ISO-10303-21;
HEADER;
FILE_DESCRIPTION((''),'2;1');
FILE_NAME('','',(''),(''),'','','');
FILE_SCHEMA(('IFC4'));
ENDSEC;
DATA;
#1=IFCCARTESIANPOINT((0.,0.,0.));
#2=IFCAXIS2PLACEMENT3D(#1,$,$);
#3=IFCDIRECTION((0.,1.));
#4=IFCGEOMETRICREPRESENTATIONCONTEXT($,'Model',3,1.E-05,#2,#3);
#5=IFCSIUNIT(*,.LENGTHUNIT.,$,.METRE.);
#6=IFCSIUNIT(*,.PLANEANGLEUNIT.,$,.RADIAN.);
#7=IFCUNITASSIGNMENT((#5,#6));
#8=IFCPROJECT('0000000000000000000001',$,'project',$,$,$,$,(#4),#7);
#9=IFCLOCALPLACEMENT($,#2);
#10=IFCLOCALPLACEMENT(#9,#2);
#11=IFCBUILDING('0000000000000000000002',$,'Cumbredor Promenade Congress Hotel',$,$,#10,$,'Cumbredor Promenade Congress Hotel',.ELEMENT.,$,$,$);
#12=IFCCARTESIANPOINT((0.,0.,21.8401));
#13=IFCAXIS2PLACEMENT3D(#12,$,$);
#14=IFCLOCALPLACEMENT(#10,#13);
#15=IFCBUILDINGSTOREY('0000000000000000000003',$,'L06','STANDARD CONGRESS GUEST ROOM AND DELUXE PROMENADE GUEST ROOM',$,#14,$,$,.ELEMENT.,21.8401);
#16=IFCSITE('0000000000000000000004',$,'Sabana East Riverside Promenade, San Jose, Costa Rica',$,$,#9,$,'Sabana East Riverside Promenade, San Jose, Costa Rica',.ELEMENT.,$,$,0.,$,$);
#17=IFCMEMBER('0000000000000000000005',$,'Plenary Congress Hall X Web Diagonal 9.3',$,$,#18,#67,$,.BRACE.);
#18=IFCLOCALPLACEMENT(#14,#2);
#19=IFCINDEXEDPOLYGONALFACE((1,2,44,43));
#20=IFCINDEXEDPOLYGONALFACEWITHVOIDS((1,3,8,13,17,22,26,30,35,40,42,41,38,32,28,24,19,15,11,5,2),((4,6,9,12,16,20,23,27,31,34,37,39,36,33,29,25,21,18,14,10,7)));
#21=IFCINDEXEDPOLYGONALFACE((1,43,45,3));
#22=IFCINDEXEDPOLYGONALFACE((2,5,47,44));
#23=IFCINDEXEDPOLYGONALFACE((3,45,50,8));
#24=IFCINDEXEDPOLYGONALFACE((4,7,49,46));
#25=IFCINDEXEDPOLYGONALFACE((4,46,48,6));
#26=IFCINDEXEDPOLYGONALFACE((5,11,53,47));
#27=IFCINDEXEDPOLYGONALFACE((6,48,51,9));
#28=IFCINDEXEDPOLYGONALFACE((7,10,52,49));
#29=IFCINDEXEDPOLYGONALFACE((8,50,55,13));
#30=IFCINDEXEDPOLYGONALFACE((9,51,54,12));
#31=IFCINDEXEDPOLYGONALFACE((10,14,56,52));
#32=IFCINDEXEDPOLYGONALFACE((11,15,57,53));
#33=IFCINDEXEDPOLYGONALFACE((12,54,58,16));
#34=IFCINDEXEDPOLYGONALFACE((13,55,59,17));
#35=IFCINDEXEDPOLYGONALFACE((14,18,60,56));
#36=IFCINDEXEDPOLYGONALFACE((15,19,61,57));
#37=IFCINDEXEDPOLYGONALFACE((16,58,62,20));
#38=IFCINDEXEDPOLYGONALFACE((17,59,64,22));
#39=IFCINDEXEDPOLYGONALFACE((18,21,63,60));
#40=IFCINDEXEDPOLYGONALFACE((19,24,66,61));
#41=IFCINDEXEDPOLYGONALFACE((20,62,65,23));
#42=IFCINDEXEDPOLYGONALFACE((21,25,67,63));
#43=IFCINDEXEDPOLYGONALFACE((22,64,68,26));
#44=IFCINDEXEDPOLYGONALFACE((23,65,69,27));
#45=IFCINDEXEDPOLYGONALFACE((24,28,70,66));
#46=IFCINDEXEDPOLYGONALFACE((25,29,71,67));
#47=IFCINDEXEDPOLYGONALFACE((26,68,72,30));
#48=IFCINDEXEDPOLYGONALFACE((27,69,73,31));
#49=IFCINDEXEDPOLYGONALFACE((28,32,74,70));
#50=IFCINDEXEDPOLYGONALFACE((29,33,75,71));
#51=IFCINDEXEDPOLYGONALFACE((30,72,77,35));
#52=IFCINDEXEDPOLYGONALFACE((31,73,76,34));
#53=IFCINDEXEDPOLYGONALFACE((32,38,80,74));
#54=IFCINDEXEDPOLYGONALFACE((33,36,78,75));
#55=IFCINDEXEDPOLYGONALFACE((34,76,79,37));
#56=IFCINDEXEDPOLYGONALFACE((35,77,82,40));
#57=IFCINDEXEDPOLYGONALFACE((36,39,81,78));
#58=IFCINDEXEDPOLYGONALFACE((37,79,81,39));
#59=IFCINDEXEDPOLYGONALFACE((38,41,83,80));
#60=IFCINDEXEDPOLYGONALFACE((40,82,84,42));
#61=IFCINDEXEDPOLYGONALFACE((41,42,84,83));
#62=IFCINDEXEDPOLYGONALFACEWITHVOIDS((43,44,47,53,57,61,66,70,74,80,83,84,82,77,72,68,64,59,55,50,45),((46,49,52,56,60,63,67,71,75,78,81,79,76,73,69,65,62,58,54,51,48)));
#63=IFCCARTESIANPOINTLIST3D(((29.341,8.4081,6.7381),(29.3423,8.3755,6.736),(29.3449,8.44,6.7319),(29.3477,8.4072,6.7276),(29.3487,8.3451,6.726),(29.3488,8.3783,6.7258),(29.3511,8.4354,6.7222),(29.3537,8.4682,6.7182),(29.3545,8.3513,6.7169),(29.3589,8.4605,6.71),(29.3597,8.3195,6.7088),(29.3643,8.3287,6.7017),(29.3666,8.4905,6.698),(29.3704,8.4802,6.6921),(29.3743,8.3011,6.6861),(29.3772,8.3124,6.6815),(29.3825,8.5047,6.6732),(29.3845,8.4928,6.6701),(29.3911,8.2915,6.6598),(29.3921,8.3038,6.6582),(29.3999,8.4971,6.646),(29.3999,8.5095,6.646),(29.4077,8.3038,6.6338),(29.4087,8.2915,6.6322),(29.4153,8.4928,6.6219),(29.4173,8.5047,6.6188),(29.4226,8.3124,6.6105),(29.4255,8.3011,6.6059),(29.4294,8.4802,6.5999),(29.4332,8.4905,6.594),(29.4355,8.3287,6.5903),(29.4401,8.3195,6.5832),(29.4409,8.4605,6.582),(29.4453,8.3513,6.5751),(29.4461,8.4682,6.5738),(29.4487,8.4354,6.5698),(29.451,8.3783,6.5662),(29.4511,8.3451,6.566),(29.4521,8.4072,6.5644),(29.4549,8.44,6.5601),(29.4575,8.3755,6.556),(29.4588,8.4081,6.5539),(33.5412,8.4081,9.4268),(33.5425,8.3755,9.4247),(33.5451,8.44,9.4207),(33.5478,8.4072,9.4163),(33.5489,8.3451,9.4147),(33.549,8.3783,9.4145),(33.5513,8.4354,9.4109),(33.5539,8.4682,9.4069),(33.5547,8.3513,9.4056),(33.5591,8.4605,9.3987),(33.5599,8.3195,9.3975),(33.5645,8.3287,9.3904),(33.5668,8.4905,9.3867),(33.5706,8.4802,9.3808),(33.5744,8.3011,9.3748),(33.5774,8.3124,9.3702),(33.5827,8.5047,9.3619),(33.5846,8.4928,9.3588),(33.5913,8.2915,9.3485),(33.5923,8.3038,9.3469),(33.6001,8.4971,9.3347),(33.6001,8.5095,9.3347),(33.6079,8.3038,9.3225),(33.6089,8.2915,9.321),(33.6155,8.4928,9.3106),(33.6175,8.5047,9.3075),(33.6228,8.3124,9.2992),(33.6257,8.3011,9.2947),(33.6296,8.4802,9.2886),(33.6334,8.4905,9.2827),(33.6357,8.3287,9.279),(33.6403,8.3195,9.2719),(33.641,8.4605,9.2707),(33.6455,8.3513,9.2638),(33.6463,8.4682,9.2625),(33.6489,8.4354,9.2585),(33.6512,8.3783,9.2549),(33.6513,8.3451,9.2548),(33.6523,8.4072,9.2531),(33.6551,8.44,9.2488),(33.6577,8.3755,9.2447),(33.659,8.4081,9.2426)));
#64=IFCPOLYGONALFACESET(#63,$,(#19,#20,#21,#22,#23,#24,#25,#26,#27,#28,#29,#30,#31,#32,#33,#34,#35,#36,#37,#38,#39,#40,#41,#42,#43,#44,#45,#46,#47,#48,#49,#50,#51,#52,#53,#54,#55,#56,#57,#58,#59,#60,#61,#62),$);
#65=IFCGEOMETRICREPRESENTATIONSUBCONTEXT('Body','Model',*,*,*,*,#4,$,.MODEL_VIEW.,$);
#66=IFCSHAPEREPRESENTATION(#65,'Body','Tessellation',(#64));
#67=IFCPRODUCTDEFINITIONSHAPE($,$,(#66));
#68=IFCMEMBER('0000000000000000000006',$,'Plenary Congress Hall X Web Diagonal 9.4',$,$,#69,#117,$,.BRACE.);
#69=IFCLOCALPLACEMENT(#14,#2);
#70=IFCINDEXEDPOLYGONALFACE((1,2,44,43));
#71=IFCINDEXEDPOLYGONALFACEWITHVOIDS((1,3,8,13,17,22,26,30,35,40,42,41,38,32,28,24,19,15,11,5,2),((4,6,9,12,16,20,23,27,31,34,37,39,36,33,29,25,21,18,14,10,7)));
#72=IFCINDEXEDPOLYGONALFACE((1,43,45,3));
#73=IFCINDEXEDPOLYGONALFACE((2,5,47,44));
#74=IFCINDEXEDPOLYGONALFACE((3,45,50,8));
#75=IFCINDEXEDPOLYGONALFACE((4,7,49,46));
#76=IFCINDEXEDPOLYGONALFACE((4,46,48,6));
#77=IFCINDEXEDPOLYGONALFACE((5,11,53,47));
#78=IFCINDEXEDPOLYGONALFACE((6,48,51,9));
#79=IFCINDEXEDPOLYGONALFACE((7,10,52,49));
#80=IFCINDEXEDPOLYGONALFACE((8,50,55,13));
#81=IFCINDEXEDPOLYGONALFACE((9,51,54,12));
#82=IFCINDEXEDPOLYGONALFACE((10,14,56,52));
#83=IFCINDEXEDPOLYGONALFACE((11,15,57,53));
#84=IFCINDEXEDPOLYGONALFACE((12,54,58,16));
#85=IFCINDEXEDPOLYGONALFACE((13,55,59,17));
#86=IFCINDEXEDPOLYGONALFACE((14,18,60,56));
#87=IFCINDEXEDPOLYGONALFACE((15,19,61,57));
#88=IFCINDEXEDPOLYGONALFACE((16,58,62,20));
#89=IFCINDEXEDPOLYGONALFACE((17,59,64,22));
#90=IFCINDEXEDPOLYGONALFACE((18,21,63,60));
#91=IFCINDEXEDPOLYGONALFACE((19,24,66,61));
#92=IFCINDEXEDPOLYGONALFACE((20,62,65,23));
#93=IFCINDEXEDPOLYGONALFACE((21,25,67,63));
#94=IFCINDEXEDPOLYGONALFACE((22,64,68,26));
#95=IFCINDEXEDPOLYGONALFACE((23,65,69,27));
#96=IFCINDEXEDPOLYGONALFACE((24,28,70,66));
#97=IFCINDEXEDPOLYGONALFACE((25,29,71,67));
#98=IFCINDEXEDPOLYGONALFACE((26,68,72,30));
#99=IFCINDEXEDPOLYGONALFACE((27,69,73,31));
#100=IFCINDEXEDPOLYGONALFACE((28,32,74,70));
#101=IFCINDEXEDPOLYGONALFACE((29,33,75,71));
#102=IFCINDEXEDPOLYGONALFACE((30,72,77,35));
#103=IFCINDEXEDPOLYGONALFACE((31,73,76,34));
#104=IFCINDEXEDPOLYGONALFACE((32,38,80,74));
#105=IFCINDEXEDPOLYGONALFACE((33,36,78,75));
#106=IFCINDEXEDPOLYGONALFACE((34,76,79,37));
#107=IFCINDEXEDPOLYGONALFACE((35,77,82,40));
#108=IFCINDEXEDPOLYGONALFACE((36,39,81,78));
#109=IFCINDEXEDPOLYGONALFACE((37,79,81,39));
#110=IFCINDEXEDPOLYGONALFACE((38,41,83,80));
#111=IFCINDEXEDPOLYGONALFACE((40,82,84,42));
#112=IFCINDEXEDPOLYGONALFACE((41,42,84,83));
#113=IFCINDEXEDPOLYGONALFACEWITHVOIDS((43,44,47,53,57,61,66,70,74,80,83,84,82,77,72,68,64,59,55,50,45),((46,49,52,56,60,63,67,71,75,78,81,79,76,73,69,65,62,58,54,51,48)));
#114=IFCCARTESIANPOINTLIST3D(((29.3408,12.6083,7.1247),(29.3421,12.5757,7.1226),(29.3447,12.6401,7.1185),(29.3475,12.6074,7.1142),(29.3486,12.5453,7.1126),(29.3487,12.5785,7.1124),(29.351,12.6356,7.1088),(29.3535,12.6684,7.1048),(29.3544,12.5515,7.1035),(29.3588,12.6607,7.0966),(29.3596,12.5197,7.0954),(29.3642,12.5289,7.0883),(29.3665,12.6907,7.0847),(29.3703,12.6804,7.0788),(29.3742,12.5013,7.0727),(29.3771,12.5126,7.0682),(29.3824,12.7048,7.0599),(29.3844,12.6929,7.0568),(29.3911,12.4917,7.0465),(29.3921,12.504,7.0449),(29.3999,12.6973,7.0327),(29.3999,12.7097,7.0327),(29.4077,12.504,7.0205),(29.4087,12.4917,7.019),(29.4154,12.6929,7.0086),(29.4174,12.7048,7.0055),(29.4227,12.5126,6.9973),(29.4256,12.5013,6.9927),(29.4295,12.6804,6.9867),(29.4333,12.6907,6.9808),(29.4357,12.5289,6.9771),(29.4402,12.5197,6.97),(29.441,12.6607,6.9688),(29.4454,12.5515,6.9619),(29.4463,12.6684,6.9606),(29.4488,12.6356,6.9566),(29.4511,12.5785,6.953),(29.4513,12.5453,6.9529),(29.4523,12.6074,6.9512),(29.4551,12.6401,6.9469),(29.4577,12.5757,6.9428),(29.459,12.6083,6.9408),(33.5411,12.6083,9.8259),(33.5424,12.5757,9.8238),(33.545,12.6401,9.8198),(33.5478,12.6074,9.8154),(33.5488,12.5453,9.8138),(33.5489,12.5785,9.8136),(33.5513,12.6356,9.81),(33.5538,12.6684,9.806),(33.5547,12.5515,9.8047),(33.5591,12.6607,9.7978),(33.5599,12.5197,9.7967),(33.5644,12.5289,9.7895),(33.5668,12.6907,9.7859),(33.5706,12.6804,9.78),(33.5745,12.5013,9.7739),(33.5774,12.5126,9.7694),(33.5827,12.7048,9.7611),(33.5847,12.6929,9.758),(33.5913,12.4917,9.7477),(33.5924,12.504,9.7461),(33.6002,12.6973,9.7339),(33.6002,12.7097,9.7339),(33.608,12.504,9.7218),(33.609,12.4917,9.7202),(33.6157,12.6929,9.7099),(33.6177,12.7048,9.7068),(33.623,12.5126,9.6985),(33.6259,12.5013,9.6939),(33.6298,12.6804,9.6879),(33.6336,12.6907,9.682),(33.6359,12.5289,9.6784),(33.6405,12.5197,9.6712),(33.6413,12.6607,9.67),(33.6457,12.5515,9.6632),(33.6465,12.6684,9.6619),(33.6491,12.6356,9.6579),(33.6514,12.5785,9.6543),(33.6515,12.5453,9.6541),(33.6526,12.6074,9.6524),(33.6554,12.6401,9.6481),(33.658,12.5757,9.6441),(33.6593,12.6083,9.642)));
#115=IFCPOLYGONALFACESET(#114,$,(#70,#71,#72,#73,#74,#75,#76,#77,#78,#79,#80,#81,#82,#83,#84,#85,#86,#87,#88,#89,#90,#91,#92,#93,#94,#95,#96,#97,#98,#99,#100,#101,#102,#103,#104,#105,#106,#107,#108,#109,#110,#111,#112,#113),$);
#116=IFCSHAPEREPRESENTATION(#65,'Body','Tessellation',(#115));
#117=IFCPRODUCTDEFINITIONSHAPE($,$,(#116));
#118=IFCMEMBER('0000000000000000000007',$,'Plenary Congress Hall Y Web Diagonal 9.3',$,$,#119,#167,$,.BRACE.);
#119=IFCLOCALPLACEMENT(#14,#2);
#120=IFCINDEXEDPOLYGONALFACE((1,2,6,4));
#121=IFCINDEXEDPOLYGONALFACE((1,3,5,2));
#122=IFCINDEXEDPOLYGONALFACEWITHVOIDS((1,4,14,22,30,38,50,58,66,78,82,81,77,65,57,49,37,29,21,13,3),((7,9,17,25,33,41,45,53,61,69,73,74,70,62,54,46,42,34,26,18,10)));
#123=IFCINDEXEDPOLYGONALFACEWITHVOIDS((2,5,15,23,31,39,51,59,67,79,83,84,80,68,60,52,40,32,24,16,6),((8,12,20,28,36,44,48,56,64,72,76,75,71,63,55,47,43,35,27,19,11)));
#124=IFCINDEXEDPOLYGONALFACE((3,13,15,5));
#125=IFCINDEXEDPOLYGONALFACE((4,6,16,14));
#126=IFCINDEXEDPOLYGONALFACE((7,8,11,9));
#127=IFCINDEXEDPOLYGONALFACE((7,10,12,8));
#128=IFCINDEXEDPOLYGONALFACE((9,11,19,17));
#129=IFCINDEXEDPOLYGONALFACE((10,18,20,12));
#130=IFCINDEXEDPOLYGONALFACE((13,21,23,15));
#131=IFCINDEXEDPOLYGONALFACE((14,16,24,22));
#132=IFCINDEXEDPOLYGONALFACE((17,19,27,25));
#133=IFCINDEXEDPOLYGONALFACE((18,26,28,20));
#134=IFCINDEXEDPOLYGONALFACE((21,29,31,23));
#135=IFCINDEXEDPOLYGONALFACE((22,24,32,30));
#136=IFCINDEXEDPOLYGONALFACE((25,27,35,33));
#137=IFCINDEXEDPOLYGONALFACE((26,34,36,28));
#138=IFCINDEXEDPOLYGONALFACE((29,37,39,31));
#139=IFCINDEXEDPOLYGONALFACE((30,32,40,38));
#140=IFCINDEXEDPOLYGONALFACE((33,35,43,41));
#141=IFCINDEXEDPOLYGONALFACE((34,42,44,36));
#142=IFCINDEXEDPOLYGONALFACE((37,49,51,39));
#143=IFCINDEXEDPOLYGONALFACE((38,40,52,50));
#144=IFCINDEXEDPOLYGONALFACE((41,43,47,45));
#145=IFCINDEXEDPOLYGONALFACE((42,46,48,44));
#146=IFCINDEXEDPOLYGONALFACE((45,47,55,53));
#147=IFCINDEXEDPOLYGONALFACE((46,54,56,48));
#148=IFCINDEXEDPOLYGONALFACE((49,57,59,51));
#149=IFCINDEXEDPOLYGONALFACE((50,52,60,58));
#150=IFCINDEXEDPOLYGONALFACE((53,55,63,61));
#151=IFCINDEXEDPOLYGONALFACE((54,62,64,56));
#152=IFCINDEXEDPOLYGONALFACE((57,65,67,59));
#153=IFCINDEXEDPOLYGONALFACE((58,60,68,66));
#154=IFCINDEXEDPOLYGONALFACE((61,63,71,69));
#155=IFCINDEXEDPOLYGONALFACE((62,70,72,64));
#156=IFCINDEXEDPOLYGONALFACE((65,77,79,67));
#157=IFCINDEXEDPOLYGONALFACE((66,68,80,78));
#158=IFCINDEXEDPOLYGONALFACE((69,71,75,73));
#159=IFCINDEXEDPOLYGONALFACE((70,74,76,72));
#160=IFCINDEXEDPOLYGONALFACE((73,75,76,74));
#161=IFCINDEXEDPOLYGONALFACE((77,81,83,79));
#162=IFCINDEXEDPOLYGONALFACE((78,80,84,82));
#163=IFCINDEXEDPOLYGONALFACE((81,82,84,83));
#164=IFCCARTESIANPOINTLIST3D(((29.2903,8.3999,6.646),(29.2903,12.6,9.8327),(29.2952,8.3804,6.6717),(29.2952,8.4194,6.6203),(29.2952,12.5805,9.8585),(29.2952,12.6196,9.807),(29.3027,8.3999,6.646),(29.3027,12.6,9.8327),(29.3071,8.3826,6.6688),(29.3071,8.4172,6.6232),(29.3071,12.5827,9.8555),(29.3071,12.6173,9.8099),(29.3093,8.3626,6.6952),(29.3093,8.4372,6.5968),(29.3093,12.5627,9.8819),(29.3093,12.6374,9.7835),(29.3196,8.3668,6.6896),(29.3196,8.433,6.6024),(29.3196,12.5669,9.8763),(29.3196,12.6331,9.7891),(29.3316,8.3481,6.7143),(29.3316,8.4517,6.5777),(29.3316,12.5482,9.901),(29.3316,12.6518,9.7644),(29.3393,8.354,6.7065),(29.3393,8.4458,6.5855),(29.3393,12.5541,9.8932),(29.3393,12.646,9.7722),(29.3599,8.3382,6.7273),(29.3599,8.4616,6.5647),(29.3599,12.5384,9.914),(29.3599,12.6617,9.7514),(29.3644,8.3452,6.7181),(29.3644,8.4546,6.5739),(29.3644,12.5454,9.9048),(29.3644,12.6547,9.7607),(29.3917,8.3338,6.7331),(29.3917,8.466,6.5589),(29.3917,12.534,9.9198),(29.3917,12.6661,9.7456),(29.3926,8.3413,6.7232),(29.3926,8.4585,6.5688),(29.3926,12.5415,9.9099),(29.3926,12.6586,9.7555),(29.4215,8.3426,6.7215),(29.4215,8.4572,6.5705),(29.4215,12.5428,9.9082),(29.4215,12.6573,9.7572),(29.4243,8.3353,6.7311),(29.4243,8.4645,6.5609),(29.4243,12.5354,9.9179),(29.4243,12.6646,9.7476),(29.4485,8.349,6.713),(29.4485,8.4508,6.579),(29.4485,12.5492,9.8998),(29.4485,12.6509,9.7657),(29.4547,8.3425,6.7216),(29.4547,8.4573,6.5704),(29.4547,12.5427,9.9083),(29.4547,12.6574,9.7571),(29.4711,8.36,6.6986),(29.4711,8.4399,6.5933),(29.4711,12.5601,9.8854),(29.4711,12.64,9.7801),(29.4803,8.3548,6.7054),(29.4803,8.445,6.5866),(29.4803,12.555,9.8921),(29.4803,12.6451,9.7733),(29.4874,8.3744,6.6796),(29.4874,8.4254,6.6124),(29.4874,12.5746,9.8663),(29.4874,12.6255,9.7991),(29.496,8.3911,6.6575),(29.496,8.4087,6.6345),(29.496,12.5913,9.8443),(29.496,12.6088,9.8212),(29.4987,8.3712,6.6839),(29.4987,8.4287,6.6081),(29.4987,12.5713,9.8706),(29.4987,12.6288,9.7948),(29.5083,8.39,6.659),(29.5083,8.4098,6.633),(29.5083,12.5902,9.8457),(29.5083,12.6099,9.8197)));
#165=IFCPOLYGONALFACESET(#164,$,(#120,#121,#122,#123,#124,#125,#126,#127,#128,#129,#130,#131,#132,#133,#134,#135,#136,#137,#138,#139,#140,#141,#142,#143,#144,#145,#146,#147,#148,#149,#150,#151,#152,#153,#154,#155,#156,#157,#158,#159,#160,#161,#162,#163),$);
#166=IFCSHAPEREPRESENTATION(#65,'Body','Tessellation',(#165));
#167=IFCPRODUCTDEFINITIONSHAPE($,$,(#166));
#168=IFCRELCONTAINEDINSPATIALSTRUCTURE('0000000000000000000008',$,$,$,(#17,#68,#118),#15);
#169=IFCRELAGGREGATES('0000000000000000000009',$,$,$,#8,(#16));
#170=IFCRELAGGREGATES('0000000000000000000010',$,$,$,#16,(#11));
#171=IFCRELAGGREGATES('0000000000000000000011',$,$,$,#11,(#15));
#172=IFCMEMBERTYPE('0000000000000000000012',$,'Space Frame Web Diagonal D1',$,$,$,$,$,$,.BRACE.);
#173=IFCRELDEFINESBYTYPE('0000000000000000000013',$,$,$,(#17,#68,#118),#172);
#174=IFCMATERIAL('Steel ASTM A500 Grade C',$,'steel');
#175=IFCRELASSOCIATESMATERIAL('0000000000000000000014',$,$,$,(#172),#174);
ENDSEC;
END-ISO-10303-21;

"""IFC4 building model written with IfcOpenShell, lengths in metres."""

from ifc_helpers import new_model, si_unit, direction, frame, origin, origin_2d, place, context, subcontext, project, spatial, hollow_circle, extrude, material, material_profile, profile_set, type_object, element, save


model = new_model("IFC4")

# Units and contexts
model_context = context("Model", 3, precision=1e-05, world=origin(), true_north=direction((0.0, 1.0)))
body_context = subcontext(model_context, "Body", "Model", "MODEL_VIEW")
ifc_project = project(units=[si_unit("LENGTHUNIT", "METRE"), si_unit("PLANEANGLEUNIT", "RADIAN")], contexts=[model_context])

# Site, building, storey
site_placement = place(None, origin())
site = spatial("IfcSite", under=ifc_project, at=site_placement, Name="Sabana East Riverside Promenade, San Jose, Costa Rica", LongName="Sabana East Riverside Promenade, San Jose, Costa Rica", CompositionType="ELEMENT", RefElevation=0.0)
building_placement = place(site_placement, origin())
building = spatial("IfcBuilding", under=site, at=building_placement, Name="Cumbredor Promenade Congress Hotel", LongName="Cumbredor Promenade Congress Hotel", CompositionType="ELEMENT")
storey_placement = place(building_placement, frame((0.0, 0.0, 21.8401)))
storey = spatial("IfcBuildingStorey", under=building, at=storey_placement, Name="L06", Description="STANDARD CONGRESS GUEST ROOM AND DELUXE PROMENADE GUEST ROOM", CompositionType="ELEMENT", Elevation=21.8401)

# Members
ifc_material_1 = material(Name="Steel ASTM A500 Grade C", Category="steel")
ifc_material_profile_1 = material_profile(ifc_material_1, hollow_circle(Radius=0.1096, WallThickness=0.0125, at=origin_2d()), Name="CHS 219.1x12.5")
ifc_profile_set_1 = profile_set([ifc_material_profile_1], Name="Steel ASTM A500 Grade C")
member_type_1 = type_object("IfcMemberType", Name="Space Frame Web Diagonal D1", PredefinedType="BRACE", material=ifc_profile_set_1)
member_1_placement = place(storey_placement, frame((29.3999, 8.3999, 6.646), z_axis=(0.842217, 0.0, 0.539138), x_axis=(0.0, 1.0, 0.0)))
element("IfcMember", 1, at=member_1_placement, inside=storey, type_object=member_type_1, Name="Plenary Congress Hall X Web Diagonal 9.3", PredefinedType="BRACE", context=body_context, shape_type="SweptSolid", body=[
    extrude(hollow_circle(Radius=0.1096, WallThickness=0.0125, at=origin_2d()), origin(), (0.0, 0.0, 1.0), 4.9871),
])
member_2_placement = place(storey_placement, frame((29.3999, 12.6001, 7.0327), z_axis=(0.841083, 0.0, 0.540906), x_axis=(0.0, 1.0, 0.0)))
element("IfcMember", 2, at=member_2_placement, inside=storey, type_object=member_type_1, Name="Plenary Congress Hall X Web Diagonal 9.4", PredefinedType="BRACE", context=body_context, shape_type="SweptSolid", body=[
    extrude(hollow_circle(Radius=0.1096, WallThickness=0.0125, at=origin_2d()), origin(), (0.0, 0.0, 1.0), 4.9939),
])
member_3_placement = place(storey_placement, frame((29.3999, 8.3999, 6.646), z_axis=(0.0, 0.796654, 0.604436), x_axis=(-1.0, 0.0, 0.0)))
element("IfcMember", 3, at=member_3_placement, inside=storey, type_object=member_type_1, Name="Plenary Congress Hall Y Web Diagonal 9.3", PredefinedType="BRACE", context=body_context, shape_type="SweptSolid", body=[
    extrude(hollow_circle(Radius=0.1096, WallThickness=0.0125, at=origin_2d()), origin(), (0.0, 0.0, 1.0), 5.2722),
])

save(model, "model.ifc")
